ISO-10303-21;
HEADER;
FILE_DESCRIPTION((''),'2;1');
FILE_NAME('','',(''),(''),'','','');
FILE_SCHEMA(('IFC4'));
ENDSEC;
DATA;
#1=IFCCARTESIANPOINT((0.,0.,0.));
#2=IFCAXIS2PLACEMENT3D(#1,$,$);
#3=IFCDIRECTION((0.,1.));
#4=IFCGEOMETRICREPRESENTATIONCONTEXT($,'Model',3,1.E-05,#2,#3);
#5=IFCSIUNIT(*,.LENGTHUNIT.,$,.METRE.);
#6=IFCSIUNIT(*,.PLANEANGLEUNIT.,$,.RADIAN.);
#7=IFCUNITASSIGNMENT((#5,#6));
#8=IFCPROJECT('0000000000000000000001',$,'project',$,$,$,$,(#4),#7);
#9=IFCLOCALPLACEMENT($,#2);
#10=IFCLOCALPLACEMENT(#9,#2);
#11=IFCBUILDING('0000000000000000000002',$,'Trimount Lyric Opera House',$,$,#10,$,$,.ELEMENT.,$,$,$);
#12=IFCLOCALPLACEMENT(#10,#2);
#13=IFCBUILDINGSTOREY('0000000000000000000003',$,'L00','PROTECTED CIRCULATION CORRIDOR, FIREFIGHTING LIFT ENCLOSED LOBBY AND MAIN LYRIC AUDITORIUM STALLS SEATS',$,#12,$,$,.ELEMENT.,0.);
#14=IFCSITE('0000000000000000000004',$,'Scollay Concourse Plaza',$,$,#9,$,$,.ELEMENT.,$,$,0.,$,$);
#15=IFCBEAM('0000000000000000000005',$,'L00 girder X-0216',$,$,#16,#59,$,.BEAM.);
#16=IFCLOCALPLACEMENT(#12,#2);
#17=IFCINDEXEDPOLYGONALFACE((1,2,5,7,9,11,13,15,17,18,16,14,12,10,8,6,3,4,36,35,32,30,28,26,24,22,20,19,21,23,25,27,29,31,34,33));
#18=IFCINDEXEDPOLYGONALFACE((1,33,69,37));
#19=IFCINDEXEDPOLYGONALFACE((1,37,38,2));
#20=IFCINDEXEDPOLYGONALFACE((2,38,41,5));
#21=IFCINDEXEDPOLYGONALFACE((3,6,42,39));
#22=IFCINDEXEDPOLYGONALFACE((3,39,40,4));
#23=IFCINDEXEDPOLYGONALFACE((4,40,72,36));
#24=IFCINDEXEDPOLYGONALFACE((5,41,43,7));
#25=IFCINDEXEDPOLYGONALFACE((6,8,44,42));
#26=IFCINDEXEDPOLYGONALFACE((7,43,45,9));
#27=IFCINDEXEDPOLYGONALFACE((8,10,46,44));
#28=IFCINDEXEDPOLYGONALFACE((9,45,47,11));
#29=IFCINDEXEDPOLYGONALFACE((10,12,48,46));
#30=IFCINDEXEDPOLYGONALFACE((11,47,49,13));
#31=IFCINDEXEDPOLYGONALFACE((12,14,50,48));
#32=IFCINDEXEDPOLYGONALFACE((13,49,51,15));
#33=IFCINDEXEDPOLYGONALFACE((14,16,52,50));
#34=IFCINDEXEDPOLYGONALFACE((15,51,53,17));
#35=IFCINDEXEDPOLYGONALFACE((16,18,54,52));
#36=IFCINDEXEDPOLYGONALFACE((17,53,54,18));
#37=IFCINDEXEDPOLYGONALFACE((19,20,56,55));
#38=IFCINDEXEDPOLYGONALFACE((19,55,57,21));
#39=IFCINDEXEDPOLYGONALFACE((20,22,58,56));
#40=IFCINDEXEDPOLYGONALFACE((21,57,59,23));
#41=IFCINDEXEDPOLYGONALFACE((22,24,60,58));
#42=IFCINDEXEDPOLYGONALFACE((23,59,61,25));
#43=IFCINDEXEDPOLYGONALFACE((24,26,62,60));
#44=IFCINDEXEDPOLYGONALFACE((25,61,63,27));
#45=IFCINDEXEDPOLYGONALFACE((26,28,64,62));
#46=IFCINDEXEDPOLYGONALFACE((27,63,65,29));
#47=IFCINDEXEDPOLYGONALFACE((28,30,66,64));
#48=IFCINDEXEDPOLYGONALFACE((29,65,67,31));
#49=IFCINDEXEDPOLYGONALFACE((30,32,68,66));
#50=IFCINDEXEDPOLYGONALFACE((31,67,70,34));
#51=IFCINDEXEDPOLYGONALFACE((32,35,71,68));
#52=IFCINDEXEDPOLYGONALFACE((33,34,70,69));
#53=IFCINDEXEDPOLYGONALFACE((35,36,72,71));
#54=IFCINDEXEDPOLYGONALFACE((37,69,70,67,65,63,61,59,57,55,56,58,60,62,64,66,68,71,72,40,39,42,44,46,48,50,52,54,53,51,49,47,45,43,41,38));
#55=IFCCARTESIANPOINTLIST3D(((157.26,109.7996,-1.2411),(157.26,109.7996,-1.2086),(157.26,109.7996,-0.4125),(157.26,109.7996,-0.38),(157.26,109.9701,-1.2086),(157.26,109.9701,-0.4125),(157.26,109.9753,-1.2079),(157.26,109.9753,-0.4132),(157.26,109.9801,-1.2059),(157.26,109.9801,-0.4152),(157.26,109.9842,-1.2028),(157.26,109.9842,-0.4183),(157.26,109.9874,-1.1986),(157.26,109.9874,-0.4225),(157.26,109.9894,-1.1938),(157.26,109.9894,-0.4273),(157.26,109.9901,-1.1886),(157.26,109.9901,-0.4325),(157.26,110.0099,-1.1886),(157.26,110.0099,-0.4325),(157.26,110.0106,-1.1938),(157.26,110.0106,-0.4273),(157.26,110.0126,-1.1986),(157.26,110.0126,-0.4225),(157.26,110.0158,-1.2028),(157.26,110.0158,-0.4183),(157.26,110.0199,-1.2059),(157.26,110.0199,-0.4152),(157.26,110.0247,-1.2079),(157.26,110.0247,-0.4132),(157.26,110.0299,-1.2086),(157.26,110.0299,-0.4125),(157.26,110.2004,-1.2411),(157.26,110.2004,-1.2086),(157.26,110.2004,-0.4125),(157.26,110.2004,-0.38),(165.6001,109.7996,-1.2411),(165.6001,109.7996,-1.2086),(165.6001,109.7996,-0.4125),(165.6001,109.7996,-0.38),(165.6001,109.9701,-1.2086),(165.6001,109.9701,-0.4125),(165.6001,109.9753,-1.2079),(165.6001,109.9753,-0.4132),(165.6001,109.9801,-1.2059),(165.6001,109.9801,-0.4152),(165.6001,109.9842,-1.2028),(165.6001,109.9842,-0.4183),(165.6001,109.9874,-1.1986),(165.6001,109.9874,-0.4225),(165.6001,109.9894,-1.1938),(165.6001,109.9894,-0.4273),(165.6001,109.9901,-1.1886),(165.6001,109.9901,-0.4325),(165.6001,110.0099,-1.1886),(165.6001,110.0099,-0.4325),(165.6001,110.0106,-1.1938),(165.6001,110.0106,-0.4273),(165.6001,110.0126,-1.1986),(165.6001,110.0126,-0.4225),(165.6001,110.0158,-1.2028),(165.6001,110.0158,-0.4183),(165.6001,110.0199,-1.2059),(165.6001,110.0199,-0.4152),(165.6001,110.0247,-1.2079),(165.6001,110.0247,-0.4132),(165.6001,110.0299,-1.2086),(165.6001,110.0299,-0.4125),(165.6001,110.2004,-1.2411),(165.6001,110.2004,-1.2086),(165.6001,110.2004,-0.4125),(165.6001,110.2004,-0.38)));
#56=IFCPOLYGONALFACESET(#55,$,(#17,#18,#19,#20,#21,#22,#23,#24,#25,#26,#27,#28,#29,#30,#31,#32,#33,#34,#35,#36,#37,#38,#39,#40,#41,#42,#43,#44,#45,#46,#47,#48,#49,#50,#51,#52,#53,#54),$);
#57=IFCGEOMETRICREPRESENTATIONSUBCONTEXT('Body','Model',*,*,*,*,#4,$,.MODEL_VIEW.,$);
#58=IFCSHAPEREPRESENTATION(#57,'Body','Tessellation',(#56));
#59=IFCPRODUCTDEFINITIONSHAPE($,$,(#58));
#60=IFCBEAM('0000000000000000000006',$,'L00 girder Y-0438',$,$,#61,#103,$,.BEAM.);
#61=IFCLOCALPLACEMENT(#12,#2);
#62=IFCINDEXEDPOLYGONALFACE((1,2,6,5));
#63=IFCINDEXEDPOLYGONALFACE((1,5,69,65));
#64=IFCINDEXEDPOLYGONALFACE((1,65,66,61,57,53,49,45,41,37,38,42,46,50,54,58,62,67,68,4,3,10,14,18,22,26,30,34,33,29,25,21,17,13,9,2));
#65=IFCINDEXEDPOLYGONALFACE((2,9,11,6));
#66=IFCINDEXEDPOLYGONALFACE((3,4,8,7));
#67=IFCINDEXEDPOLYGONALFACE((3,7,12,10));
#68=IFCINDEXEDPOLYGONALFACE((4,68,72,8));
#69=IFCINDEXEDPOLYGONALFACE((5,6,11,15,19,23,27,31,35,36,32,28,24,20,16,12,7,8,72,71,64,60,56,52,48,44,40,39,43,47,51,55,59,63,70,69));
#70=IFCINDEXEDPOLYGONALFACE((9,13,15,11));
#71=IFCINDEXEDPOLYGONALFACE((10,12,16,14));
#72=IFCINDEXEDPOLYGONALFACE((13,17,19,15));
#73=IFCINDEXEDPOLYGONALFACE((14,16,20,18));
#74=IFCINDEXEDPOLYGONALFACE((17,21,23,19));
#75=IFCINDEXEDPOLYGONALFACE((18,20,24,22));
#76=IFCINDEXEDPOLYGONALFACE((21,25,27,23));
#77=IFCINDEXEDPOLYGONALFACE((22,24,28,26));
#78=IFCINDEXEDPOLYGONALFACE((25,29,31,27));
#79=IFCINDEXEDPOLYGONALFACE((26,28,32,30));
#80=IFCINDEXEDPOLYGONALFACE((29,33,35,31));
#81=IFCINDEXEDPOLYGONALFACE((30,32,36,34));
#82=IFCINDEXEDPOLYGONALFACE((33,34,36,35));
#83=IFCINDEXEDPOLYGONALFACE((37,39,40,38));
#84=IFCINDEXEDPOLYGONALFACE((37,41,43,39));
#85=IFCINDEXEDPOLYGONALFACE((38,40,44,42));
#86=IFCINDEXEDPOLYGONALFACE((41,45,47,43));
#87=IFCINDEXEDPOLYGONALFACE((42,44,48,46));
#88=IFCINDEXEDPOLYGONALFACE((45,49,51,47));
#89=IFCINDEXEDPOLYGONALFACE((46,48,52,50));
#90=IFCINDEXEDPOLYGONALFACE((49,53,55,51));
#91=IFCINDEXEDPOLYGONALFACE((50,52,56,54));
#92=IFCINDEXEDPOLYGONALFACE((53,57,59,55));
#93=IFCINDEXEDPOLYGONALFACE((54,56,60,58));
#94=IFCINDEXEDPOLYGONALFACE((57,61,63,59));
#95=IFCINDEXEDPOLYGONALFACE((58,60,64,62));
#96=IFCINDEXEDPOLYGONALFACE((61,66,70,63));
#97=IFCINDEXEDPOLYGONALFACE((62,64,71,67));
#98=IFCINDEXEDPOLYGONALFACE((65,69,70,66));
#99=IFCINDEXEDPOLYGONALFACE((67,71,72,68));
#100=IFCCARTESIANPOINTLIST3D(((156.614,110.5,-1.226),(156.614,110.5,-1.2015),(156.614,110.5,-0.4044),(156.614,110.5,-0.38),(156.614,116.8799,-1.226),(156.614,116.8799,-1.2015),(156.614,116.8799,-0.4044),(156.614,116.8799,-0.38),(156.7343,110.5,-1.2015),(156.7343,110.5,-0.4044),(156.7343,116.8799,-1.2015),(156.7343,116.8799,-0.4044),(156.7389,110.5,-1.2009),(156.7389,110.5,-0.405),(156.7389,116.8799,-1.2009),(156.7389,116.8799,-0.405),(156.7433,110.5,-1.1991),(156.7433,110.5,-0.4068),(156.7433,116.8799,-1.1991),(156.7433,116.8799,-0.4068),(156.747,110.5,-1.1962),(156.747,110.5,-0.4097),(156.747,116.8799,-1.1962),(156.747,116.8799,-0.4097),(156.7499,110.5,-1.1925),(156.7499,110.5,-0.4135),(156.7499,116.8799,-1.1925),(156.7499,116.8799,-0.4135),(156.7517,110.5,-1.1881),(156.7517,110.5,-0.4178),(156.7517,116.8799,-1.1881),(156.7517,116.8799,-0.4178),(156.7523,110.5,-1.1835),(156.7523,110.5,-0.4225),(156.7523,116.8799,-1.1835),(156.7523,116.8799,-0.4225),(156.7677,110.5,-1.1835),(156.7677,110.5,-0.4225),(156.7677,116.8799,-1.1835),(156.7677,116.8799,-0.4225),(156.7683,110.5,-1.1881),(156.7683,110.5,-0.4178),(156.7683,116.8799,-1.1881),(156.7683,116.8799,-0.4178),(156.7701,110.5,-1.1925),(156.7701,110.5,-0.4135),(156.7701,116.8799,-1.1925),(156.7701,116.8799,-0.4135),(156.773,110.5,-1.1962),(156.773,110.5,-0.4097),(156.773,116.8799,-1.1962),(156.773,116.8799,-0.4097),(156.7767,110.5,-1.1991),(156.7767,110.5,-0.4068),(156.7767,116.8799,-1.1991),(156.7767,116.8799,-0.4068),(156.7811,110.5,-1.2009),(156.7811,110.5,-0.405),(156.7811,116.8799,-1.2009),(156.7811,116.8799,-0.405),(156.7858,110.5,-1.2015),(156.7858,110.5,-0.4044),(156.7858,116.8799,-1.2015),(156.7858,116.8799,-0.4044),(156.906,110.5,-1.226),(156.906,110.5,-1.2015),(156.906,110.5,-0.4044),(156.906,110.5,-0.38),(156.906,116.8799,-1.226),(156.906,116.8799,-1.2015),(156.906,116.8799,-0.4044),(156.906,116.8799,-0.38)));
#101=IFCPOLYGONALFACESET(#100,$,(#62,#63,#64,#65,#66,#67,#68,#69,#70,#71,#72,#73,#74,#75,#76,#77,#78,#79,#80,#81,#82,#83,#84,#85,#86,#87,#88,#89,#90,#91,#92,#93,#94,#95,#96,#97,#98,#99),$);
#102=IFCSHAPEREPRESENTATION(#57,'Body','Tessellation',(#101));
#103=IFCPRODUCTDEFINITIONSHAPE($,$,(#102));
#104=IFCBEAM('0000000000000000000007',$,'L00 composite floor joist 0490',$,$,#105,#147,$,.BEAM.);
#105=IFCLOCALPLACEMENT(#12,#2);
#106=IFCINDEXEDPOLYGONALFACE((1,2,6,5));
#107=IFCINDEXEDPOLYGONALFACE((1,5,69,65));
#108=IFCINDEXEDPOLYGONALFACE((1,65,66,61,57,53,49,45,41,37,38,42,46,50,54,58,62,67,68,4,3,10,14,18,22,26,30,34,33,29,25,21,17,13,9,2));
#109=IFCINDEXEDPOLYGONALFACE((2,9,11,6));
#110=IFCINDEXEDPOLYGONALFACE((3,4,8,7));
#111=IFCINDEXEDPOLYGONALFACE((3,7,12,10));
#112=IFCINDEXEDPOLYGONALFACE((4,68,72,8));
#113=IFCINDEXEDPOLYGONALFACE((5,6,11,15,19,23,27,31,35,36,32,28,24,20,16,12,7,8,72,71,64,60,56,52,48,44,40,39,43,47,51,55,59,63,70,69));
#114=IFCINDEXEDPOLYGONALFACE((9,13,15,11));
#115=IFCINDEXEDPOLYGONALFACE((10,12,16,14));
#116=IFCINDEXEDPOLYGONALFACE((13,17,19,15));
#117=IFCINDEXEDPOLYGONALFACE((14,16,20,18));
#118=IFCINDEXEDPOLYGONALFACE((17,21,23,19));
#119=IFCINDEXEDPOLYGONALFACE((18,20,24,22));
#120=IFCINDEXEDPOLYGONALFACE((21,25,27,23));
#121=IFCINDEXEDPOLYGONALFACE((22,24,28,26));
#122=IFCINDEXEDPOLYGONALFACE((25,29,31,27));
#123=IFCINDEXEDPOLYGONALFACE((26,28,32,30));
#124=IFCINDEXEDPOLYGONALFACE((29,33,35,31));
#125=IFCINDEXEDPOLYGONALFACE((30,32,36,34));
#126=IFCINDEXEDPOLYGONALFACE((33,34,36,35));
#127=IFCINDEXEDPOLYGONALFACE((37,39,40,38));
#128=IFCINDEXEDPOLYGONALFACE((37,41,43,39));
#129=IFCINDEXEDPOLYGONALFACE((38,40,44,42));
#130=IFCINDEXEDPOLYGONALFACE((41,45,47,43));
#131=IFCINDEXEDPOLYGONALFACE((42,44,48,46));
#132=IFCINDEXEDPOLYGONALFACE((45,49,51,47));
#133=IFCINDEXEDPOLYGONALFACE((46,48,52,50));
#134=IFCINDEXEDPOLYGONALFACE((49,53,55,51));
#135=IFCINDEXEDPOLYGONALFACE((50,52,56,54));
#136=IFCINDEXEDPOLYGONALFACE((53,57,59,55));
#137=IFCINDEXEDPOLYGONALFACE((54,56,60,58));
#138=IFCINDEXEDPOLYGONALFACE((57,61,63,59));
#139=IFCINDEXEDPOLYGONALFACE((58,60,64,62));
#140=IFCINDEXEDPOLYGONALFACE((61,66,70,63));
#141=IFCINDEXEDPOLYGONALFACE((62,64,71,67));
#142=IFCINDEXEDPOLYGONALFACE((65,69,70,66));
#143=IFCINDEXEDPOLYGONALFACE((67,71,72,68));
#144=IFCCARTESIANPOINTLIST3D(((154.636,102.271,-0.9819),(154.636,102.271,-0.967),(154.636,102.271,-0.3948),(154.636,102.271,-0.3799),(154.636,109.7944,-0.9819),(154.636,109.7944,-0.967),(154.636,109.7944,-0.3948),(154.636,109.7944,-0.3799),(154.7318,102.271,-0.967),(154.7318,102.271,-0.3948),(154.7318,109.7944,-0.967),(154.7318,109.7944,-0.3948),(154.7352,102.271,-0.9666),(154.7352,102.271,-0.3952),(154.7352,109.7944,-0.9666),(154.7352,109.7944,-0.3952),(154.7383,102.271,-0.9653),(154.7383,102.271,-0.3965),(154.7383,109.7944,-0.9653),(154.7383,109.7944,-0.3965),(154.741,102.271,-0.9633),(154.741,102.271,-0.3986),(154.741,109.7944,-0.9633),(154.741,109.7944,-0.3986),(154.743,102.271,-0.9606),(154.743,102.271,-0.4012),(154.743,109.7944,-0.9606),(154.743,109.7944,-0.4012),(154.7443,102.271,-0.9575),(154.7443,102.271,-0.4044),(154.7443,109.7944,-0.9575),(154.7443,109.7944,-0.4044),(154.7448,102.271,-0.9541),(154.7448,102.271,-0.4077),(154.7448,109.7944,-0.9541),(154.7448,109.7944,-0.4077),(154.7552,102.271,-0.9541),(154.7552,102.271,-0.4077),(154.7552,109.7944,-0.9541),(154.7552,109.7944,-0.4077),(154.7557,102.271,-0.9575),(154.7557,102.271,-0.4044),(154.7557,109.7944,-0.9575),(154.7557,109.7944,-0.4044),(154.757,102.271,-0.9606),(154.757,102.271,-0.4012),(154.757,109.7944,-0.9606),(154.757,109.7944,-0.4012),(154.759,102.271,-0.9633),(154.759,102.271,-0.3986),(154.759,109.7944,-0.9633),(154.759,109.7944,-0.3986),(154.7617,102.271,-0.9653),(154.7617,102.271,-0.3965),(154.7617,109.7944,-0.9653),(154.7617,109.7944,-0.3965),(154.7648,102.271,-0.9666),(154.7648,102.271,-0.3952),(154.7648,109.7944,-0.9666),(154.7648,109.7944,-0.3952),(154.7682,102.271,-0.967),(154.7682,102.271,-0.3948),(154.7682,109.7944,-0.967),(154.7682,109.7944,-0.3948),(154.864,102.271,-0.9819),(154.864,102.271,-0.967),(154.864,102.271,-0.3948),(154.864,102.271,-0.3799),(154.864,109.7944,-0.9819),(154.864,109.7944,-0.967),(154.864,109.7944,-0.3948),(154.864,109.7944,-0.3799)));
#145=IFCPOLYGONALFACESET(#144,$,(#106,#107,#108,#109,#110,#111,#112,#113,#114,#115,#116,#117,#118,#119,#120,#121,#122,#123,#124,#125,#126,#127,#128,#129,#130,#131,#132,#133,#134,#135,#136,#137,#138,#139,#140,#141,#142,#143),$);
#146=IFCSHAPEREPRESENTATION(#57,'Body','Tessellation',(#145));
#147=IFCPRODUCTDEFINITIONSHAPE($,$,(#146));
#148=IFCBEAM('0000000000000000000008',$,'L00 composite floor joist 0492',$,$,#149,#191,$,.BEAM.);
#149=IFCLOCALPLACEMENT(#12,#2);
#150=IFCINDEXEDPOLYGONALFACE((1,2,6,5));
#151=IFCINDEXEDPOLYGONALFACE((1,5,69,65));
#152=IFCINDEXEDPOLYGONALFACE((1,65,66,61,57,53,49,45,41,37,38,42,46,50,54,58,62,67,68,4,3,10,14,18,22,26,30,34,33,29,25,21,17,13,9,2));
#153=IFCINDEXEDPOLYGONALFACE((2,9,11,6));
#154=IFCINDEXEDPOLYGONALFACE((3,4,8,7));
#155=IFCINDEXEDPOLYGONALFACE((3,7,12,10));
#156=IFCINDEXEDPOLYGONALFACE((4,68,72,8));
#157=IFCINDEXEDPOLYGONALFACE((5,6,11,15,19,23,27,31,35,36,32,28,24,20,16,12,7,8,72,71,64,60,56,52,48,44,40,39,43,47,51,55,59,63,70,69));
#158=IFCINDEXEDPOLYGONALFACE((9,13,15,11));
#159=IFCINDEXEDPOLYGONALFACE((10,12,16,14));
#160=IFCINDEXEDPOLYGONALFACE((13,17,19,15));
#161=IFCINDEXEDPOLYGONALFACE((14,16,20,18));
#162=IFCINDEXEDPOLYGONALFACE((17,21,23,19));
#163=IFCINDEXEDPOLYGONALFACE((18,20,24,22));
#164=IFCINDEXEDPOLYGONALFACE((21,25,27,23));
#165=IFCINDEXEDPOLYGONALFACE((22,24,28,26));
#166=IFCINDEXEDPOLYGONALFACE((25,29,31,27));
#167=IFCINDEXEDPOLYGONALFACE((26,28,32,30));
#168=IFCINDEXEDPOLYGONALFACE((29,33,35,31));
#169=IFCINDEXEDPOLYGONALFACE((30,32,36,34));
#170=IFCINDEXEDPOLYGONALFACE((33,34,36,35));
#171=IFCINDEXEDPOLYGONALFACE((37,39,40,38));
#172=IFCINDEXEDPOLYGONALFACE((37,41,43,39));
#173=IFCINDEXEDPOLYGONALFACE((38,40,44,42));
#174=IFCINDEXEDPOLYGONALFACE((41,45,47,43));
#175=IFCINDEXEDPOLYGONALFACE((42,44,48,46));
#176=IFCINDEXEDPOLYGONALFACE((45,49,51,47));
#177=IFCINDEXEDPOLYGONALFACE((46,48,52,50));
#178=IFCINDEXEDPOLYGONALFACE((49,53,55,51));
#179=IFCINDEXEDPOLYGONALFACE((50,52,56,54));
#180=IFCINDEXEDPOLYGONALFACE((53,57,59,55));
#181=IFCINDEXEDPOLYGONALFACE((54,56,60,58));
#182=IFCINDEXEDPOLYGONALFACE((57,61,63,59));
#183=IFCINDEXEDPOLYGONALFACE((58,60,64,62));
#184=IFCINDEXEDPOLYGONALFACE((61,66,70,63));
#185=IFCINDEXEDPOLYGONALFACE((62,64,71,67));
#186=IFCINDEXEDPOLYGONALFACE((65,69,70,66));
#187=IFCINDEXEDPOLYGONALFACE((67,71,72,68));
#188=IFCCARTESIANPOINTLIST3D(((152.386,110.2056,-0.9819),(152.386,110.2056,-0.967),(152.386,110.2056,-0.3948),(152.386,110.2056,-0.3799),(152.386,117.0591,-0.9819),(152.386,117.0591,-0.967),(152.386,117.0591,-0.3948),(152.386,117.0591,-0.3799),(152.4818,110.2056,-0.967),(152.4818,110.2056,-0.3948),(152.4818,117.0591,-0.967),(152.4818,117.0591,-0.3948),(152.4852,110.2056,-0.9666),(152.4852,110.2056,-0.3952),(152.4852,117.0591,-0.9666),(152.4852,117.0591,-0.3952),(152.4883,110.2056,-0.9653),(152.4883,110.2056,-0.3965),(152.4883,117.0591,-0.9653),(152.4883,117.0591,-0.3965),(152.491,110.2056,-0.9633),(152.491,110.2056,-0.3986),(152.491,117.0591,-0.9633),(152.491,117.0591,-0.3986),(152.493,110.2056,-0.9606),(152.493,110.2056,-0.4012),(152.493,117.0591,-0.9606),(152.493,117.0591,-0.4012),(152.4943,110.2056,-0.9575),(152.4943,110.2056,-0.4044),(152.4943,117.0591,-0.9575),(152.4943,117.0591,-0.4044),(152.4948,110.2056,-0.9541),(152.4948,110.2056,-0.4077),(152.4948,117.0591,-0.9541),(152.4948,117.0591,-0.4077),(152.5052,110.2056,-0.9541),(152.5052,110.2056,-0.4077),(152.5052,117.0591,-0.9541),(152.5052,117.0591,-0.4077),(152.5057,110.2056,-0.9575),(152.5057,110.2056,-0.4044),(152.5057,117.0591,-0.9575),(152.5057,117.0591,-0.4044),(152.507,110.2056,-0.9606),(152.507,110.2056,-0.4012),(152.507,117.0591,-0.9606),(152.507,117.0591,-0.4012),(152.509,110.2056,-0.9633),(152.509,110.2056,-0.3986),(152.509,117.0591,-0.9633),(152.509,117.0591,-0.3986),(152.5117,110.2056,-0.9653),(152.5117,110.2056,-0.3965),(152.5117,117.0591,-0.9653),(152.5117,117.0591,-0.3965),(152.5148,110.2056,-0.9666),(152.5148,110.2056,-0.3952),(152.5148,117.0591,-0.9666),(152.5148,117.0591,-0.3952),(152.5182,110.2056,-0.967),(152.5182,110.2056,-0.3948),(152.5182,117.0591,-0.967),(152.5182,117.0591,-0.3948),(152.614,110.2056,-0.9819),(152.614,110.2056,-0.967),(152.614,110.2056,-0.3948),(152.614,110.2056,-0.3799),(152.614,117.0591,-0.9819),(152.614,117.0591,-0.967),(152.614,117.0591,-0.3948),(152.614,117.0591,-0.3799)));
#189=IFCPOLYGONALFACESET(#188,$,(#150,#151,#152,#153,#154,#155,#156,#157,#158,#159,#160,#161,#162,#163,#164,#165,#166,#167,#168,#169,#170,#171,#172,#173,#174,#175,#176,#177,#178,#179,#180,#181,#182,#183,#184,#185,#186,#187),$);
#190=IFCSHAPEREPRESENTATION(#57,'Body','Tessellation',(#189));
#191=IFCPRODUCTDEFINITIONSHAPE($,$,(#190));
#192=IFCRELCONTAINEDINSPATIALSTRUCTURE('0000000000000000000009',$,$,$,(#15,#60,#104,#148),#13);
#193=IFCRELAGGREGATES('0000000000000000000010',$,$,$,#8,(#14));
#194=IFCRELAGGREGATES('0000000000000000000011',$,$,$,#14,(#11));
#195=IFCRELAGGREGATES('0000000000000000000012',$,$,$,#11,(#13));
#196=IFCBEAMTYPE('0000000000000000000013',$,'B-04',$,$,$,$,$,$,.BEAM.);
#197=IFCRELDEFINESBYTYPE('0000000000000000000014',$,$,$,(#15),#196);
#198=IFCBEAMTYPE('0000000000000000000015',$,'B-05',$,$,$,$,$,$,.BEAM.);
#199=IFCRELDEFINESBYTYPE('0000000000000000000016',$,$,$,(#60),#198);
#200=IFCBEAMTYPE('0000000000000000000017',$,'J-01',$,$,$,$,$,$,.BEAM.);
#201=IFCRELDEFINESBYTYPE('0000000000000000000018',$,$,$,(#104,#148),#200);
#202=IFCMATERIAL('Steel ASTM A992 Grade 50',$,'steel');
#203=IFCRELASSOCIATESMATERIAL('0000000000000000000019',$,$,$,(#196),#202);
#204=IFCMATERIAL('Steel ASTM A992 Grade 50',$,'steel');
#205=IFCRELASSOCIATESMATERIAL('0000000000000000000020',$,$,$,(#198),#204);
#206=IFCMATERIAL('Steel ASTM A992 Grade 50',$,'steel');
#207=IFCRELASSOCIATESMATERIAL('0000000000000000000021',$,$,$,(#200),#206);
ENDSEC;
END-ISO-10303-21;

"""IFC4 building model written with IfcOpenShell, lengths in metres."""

from ifc_helpers import new_model, si_unit, direction, frame, origin, origin_2d, place, context, subcontext, project, spatial, i_section, extrude, material, material_profile, profile_set, type_object, element, save


model = new_model("IFC4")

# Units and contexts
model_context = context("Model", 3, precision=1e-05, world=origin(), true_north=direction((0.0, 1.0)))
body_context = subcontext(model_context, "Body", "Model", "MODEL_VIEW")
ifc_project = project(units=[si_unit("LENGTHUNIT", "METRE"), si_unit("PLANEANGLEUNIT", "RADIAN")], contexts=[model_context])

# Site, building, storey
site_placement = place(None, origin())
site = spatial("IfcSite", under=ifc_project, at=site_placement, Name="Scollay Concourse Plaza", CompositionType="ELEMENT", RefElevation=0.0)
building_placement = place(site_placement, origin())
building = spatial("IfcBuilding", under=site, at=building_placement, Name="Trimount Lyric Opera House", CompositionType="ELEMENT")
storey_placement = place(building_placement, origin())
storey = spatial("IfcBuildingStorey", under=building, at=storey_placement, Name="L00", Description="PROTECTED CIRCULATION CORRIDOR, FIREFIGHTING LIFT ENCLOSED LOBBY AND MAIN LYRIC AUDITORIUM STALLS SEATS", CompositionType="ELEMENT", Elevation=0.0)

# Beams
ifc_material_1 = material(Name="Steel ASTM A992 Grade 50", Category="steel")
ifc_material_profile_1 = material_profile(ifc_material_1, i_section(OverallWidth=0.4009, OverallDepth=0.8611, WebThickness=0.0198, FlangeThickness=0.0325, FilletRadius=0.02, at=origin_2d()), Name="W33X221")
ifc_profile_set_1 = profile_set([ifc_material_profile_1], Name="Steel ASTM A992 Grade 50")
beam_type_1 = type_object("IfcBeamType", Name="B-04", PredefinedType="BEAM", material=ifc_profile_set_1)
beam_1_placement = place(storey_placement, frame((157.26, 110.0, -0.8105), z_axis=(1.0, 0.0, 0.0), x_axis=(0.0, 1.0, 0.0)))
element("IfcBeam", 1, at=beam_1_placement, inside=storey, type_object=beam_type_1, Name="L00 girder X-0216", PredefinedType="BEAM", context=body_context, shape_type="SweptSolid", body=[
    extrude(i_section(OverallWidth=0.4009, OverallDepth=0.8611, WebThickness=0.0198, FlangeThickness=0.0325, FilletRadius=0.02, at=origin_2d()), origin(), (0.0, 0.0, 1.0), 8.3401),
])
ifc_material_2 = material(Name="Steel ASTM A992 Grade 50", Category="steel")
ifc_material_profile_2 = material_profile(ifc_material_2, i_section(OverallWidth=0.292, OverallDepth=0.8459, WebThickness=0.0154, FlangeThickness=0.0244, FilletRadius=0.0181, at=origin_2d()), Name="W33X141")
ifc_profile_set_2 = profile_set([ifc_material_profile_2], Name="Steel ASTM A992 Grade 50")
beam_type_2 = type_object("IfcBeamType", Name="B-05", PredefinedType="BEAM", material=ifc_profile_set_2)
beam_2_placement = place(storey_placement, frame((156.76, 110.5, -0.803), z_axis=(0.0, 1.0, 0.0), x_axis=(-1.0, 0.0, 0.0)))
element("IfcBeam", 2, at=beam_2_placement, inside=storey, type_object=beam_type_2, Name="L00 girder Y-0438", PredefinedType="BEAM", context=body_context, shape_type="SweptSolid", body=[
    extrude(i_section(OverallWidth=0.292, OverallDepth=0.8459, WebThickness=0.0154, FlangeThickness=0.0244, FilletRadius=0.0181, at=origin_2d()), origin(), (0.0, 0.0, 1.0), 6.3799),
])
ifc_material_3 = material(Name="Steel ASTM A992 Grade 50", Category="steel")
ifc_material_profile_3 = material_profile(ifc_material_3, i_section(OverallWidth=0.228, OverallDepth=0.6021, WebThickness=0.0105, FlangeThickness=0.0149, FilletRadius=0.0129, at=origin_2d()), Name="W24X68")
ifc_profile_set_3 = profile_set([ifc_material_profile_3], Name="Steel ASTM A992 Grade 50")
beam_type_3 = type_object("IfcBeamType", Name="J-01", PredefinedType="BEAM", material=ifc_profile_set_3)
beam_3_placement = place(storey_placement, frame((154.75, 102.271, -0.6809), z_axis=(0.0, 1.0, 0.0), x_axis=(-1.0, 0.0, 0.0)))
element("IfcBeam", 3, at=beam_3_placement, inside=storey, type_object=beam_type_3, Name="L00 composite floor joist 0490", PredefinedType="BEAM", context=body_context, shape_type="SweptSolid", body=[
    extrude(i_section(OverallWidth=0.228, OverallDepth=0.6021, WebThickness=0.0105, FlangeThickness=0.0149, FilletRadius=0.0129, at=origin_2d()), origin(), (0.0, 0.0, 1.0), 7.5234),
])
beam_4_placement = place(storey_placement, frame((152.5, 110.2056, -0.6809), z_axis=(0.0, 1.0, 0.0), x_axis=(-1.0, 0.0, 0.0)))
element("IfcBeam", 4, at=beam_4_placement, inside=storey, type_object=beam_type_3, Name="L00 composite floor joist 0492", PredefinedType="BEAM", context=body_context, shape_type="SweptSolid", body=[
    extrude(i_section(OverallWidth=0.228, OverallDepth=0.6021, WebThickness=0.0105, FlangeThickness=0.0149, FilletRadius=0.0129, at=origin_2d()), origin(), (0.0, 0.0, 1.0), 6.8535),
])

save(model, "model.ifc")
